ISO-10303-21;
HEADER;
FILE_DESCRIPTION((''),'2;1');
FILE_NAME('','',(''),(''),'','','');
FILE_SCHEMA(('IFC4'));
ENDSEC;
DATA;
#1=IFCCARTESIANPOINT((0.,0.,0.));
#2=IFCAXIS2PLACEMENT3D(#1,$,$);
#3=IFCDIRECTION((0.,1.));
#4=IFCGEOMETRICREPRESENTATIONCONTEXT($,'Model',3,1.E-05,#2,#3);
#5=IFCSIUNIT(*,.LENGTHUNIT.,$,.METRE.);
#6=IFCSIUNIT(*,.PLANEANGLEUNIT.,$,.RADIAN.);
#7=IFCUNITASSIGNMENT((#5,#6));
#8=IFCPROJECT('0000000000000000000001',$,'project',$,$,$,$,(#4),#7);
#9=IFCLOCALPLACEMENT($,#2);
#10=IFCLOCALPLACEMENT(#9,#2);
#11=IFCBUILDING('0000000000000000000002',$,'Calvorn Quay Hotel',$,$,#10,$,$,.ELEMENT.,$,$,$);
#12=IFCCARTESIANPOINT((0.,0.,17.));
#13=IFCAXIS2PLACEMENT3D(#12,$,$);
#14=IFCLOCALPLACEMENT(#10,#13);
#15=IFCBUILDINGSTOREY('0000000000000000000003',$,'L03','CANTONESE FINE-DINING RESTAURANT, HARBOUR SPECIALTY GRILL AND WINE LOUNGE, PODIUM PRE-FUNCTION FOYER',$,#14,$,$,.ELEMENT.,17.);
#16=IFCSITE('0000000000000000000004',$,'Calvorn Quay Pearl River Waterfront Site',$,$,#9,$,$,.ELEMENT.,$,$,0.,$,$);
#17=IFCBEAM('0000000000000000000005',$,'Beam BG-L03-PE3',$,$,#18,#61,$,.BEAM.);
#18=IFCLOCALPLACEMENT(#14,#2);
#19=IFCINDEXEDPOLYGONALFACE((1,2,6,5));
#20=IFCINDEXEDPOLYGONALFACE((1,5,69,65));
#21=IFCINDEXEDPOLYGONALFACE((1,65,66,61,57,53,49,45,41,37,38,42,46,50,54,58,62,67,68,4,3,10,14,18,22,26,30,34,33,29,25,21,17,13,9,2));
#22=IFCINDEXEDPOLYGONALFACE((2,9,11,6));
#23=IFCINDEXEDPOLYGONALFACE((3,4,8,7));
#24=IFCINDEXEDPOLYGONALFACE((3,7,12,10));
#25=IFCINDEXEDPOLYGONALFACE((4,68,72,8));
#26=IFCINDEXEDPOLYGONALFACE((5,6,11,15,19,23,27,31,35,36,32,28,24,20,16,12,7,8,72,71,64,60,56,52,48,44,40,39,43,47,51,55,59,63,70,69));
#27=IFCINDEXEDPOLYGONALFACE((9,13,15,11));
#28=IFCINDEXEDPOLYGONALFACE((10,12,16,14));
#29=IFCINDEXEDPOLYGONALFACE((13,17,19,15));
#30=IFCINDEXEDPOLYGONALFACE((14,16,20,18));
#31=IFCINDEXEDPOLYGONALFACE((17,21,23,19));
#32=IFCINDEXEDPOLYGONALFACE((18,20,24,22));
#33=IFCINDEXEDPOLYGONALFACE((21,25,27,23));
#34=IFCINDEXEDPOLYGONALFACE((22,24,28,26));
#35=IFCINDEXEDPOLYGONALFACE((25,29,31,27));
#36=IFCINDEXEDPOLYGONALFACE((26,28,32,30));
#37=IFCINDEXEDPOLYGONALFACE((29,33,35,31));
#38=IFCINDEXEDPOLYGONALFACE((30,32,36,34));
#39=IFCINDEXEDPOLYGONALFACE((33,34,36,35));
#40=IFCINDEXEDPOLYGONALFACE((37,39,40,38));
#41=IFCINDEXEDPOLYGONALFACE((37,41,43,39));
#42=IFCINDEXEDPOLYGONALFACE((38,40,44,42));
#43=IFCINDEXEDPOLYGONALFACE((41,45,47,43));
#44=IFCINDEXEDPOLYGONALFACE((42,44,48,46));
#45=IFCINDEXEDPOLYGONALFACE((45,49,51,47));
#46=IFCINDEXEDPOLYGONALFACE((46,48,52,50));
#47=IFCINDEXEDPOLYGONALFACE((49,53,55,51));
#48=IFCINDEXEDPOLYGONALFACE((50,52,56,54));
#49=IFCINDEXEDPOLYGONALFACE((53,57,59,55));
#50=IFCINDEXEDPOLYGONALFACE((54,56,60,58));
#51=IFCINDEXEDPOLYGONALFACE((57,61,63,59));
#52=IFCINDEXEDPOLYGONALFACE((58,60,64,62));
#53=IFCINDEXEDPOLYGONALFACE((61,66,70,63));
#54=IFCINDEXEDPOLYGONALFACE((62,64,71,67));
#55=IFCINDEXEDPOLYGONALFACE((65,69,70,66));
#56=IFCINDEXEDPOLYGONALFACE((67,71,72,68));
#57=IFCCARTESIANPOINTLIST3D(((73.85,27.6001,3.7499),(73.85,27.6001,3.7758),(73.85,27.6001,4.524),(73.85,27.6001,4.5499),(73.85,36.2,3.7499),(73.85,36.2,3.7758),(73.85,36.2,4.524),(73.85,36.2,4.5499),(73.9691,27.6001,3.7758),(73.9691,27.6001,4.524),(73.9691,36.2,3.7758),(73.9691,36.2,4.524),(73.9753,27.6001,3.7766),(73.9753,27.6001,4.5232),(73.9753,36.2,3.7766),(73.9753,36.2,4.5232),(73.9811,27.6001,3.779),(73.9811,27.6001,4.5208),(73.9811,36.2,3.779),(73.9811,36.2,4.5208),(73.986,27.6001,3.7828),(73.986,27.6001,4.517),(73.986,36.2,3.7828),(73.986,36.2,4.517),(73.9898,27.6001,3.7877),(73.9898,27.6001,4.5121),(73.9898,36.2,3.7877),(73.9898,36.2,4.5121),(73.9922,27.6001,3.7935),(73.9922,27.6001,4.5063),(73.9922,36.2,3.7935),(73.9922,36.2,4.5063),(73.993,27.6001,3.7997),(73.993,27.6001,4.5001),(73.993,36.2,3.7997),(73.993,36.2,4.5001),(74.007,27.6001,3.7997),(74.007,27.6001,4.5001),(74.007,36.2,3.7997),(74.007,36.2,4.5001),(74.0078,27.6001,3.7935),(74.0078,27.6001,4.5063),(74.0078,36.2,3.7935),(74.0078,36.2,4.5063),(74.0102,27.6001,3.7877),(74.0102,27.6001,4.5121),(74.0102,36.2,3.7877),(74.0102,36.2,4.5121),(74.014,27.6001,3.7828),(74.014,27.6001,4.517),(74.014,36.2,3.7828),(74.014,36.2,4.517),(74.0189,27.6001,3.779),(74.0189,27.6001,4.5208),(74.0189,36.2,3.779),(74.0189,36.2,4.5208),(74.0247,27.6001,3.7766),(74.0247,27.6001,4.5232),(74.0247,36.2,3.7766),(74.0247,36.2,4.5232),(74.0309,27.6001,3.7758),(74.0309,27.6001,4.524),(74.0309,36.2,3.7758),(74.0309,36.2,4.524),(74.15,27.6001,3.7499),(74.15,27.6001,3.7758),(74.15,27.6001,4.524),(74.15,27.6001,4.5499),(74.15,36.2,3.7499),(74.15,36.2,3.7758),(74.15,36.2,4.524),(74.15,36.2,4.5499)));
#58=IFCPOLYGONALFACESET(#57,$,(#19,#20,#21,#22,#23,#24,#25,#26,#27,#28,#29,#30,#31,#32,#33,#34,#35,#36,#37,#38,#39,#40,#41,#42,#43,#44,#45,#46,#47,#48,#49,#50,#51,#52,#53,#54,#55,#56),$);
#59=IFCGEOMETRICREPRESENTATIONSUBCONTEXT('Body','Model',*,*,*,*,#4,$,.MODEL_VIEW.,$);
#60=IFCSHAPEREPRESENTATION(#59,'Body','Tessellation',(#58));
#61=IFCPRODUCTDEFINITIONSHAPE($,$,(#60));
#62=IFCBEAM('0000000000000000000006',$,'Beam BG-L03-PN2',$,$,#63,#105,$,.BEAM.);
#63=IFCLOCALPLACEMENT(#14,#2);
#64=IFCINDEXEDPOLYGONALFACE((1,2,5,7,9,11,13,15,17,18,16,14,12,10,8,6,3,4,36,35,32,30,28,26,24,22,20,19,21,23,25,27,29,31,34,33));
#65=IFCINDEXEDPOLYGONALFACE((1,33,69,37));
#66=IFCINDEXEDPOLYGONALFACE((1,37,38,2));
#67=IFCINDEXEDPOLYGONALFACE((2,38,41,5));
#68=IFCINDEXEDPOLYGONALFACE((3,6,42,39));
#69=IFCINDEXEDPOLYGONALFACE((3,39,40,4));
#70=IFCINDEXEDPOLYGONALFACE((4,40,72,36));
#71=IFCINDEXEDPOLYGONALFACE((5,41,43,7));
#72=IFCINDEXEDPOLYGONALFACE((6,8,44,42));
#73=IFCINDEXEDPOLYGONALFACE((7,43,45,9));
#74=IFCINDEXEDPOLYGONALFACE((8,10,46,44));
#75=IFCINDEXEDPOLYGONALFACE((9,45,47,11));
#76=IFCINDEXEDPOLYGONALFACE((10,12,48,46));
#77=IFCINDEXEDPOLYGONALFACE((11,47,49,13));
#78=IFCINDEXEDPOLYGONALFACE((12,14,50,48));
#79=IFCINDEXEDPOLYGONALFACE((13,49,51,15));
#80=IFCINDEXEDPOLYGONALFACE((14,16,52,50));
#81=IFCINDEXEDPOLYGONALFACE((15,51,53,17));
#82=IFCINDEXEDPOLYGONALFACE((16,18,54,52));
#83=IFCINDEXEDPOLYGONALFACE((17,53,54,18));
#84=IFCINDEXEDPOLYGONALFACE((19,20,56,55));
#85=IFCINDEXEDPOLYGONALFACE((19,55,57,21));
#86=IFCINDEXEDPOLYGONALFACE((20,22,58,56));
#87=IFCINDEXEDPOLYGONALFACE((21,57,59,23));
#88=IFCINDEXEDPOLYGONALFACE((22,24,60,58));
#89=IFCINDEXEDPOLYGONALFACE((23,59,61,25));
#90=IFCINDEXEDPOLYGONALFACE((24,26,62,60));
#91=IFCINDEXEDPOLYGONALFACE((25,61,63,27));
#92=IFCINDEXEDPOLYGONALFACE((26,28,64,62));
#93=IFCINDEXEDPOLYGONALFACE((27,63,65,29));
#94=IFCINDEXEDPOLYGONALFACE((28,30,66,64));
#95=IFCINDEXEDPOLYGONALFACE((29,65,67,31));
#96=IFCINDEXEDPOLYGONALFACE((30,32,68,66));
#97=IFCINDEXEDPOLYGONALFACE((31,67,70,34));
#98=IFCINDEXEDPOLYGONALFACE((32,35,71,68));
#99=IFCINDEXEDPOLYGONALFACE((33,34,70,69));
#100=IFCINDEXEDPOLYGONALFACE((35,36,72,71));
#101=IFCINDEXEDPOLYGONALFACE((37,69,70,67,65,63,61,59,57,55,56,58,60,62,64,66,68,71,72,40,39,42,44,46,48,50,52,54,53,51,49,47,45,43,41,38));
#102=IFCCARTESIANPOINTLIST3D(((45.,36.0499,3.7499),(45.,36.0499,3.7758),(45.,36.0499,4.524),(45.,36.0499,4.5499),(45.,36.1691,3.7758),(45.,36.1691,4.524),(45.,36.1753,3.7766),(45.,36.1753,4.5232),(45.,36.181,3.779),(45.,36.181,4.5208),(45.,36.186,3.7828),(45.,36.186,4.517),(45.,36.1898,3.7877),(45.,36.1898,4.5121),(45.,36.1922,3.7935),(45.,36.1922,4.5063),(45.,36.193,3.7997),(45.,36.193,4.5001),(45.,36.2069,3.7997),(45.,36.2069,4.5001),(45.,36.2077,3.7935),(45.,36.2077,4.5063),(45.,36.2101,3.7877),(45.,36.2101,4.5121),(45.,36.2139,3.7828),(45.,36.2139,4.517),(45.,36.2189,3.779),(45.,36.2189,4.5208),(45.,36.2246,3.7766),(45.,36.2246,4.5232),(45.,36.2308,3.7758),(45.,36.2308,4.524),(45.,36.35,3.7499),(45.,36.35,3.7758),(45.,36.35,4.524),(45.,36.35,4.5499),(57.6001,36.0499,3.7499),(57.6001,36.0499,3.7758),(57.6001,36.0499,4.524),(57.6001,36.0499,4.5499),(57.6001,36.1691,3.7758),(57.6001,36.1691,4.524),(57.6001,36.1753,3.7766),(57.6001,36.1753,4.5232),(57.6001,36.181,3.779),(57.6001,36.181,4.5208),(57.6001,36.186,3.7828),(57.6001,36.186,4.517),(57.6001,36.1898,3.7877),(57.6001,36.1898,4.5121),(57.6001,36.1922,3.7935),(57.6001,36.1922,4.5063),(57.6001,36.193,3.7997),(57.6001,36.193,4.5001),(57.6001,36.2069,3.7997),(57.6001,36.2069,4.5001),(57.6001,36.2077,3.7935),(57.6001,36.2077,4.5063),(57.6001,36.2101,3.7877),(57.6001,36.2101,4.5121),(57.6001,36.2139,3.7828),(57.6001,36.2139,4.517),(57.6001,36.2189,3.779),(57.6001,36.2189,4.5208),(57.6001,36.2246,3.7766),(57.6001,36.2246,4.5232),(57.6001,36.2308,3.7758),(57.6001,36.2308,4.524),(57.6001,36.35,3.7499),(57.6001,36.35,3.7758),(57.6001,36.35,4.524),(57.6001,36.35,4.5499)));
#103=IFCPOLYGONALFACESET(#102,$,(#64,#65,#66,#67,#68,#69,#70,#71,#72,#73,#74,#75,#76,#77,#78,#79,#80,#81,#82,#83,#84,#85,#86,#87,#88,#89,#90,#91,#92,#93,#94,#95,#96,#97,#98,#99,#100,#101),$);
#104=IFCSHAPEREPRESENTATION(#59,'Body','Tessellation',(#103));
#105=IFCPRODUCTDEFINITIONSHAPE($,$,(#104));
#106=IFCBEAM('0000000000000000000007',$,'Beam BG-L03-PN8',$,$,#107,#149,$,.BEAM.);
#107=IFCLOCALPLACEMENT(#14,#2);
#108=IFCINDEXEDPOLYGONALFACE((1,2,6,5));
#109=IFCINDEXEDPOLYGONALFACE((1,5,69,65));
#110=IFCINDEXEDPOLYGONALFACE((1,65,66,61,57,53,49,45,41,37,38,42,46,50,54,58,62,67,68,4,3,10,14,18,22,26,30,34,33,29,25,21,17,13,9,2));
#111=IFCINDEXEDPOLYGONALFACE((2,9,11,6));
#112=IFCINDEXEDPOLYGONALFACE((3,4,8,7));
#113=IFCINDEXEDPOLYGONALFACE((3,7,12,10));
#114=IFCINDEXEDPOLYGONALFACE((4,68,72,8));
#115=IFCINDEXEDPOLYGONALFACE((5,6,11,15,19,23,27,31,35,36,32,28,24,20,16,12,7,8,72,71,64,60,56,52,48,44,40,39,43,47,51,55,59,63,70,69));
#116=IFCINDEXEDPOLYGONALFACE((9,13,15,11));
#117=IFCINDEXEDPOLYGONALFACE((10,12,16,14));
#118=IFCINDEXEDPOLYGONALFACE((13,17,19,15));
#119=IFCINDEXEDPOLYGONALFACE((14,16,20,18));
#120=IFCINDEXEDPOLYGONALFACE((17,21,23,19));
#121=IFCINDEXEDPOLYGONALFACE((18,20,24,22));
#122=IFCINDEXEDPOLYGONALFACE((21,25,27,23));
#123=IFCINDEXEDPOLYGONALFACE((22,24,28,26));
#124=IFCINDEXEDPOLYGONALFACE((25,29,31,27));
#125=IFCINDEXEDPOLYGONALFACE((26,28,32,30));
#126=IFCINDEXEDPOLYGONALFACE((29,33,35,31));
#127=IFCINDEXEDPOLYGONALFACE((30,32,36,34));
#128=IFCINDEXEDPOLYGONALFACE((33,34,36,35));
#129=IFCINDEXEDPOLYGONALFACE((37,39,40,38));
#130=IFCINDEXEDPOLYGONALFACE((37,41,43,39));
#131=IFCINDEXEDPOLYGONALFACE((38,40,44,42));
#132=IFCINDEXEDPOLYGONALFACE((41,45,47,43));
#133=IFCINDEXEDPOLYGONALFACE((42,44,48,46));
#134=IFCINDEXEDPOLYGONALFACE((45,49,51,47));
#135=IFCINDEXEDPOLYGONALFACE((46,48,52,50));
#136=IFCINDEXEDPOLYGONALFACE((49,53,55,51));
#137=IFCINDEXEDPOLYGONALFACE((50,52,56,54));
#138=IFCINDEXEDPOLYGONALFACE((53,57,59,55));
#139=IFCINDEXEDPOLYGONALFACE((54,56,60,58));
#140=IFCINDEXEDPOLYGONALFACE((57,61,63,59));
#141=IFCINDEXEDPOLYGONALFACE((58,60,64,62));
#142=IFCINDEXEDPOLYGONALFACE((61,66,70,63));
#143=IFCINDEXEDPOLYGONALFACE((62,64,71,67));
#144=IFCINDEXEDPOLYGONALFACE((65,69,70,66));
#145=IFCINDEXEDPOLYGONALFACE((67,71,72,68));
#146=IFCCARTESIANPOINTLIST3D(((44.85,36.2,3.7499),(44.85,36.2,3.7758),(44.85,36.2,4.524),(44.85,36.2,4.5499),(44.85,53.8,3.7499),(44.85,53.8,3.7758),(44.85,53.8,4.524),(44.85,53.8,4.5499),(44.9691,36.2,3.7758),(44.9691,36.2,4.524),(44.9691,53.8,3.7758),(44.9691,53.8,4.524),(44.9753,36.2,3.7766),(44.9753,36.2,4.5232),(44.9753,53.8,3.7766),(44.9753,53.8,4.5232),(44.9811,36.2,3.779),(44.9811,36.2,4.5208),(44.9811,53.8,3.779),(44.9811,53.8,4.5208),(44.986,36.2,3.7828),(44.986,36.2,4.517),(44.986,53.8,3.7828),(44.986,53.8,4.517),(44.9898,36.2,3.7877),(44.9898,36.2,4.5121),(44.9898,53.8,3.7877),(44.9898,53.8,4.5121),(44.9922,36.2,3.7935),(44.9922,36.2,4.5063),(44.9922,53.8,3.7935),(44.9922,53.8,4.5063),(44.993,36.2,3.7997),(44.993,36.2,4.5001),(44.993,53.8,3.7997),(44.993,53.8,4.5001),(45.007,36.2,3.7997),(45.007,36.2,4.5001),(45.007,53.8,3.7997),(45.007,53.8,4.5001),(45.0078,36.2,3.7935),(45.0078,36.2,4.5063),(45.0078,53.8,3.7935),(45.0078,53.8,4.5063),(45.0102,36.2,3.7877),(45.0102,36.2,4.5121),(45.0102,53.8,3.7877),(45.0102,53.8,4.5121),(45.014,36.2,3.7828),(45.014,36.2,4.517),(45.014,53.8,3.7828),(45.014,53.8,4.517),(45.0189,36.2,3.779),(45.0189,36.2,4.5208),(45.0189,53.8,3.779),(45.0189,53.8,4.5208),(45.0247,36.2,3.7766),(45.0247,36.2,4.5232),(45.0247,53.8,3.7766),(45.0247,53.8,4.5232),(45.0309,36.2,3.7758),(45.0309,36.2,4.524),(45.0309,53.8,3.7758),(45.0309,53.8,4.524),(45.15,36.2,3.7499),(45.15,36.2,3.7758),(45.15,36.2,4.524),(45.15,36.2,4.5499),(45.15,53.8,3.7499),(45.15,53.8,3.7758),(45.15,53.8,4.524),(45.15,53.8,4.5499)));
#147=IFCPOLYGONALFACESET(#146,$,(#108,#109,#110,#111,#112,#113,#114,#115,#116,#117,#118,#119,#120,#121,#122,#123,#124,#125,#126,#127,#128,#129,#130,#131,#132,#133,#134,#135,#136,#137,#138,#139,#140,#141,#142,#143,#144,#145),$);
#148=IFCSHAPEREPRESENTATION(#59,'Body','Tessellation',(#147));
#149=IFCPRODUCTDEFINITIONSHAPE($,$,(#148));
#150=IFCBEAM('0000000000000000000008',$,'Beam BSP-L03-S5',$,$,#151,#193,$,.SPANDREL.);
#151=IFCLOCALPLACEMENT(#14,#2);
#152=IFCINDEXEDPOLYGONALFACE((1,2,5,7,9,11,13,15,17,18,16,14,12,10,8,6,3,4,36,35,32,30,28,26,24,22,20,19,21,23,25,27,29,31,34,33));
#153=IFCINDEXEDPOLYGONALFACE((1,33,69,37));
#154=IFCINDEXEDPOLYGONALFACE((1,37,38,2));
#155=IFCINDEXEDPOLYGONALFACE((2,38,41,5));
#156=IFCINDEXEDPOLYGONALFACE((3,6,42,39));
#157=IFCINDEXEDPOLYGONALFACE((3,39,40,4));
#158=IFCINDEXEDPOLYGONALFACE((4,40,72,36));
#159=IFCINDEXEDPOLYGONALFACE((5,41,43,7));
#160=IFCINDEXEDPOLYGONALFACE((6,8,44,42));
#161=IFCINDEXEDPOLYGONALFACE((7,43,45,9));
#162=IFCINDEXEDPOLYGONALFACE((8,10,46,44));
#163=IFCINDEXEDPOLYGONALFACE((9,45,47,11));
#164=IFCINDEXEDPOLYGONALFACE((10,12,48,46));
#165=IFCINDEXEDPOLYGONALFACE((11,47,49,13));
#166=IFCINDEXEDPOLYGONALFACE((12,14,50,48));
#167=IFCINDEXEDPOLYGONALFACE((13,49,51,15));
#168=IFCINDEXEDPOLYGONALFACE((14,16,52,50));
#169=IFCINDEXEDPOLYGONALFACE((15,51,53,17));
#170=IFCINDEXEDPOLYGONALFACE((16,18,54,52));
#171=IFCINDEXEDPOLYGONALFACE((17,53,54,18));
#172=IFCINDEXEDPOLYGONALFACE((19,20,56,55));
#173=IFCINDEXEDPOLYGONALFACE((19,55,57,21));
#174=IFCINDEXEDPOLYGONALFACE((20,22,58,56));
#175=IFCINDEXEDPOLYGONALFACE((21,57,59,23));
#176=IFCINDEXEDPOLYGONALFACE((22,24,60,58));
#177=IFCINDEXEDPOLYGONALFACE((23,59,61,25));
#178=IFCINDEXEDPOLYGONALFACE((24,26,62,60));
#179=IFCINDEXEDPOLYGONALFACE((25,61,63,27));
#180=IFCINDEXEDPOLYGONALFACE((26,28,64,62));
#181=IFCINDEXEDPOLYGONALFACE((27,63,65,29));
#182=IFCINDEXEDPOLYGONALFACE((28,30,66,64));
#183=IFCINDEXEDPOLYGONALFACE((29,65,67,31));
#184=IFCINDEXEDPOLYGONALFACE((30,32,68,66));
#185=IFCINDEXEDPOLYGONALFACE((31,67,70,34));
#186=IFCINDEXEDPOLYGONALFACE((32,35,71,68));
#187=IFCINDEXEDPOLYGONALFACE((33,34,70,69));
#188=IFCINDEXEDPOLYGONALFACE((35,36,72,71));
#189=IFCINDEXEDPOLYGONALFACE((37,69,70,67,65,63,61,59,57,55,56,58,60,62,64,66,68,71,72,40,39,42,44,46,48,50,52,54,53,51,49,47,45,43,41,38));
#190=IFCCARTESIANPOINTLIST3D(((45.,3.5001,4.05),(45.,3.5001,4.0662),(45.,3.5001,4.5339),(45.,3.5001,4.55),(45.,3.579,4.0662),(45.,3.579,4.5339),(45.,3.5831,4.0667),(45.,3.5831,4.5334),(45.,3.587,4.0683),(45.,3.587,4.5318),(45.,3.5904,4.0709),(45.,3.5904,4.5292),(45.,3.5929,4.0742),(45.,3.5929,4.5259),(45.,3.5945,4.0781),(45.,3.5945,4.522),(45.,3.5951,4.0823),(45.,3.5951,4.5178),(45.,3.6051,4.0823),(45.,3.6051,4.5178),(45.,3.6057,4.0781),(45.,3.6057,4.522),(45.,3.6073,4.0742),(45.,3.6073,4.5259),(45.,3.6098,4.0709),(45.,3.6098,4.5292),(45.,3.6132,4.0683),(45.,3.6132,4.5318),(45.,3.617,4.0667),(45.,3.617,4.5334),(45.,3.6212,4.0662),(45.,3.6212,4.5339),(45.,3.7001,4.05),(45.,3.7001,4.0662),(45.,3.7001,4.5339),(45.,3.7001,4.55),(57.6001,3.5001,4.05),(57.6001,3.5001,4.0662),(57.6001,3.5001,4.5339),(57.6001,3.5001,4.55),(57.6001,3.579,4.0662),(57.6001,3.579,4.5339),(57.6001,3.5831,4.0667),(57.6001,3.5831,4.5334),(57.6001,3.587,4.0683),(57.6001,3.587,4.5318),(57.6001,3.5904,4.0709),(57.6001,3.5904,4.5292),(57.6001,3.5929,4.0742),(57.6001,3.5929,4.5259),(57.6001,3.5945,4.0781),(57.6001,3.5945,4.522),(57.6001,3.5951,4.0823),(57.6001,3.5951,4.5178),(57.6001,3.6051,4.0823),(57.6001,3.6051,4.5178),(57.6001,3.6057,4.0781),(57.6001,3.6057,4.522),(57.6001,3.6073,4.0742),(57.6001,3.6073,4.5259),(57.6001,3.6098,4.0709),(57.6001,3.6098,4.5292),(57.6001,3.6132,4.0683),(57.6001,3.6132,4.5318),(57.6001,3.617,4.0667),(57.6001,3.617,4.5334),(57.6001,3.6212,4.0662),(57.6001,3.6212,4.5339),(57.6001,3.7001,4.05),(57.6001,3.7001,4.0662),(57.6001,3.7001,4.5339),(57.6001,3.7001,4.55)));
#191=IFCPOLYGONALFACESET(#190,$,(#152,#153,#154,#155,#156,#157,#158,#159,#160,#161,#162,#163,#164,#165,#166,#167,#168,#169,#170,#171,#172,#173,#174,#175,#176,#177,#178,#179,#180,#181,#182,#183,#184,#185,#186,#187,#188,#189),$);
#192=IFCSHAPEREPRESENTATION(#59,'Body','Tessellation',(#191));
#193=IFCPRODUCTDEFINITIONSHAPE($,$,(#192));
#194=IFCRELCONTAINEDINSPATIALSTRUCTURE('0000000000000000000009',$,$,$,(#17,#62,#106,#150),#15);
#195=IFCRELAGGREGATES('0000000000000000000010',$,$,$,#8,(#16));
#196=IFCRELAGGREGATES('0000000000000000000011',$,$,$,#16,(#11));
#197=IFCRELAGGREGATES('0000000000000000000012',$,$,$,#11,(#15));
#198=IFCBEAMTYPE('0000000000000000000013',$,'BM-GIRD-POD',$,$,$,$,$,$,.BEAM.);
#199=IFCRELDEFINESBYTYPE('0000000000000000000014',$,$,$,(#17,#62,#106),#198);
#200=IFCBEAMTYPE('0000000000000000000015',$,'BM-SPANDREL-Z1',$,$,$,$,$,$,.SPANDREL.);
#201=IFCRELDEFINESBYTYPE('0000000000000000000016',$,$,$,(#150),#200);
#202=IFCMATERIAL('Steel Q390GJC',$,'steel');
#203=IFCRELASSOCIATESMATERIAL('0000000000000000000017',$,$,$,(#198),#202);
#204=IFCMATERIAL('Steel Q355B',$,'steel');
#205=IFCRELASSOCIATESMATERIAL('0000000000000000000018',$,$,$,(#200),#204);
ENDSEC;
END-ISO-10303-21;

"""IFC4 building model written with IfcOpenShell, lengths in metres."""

from ifc_helpers import new_model, si_unit, direction, frame, origin, origin_2d, place, context, subcontext, project, spatial, i_section, extrude, material, material_profile, profile_set, type_object, element, save


model = new_model("IFC4")

# Units and contexts
model_context = context("Model", 3, precision=1e-05, world=origin(), true_north=direction((0.0, 1.0)))
body_context = subcontext(model_context, "Body", "Model", "MODEL_VIEW")
ifc_project = project(units=[si_unit("LENGTHUNIT", "METRE"), si_unit("PLANEANGLEUNIT", "RADIAN")], contexts=[model_context])

# Site, building, storey
site_placement = place(None, origin())
site = spatial("IfcSite", under=ifc_project, at=site_placement, Name="Calvorn Quay Pearl River Waterfront Site", CompositionType="ELEMENT", RefElevation=0.0)
building_placement = place(site_placement, origin())
building = spatial("IfcBuilding", under=site, at=building_placement, Name="Calvorn Quay Hotel", CompositionType="ELEMENT")
storey_placement = place(building_placement, frame((0.0, 0.0, 17.0)))
storey = spatial("IfcBuildingStorey", under=building, at=storey_placement, Name="L03", Description="CANTONESE FINE-DINING RESTAURANT, HARBOUR SPECIALTY GRILL AND WINE LOUNGE, PODIUM PRE-FUNCTION FOYER", CompositionType="ELEMENT", Elevation=17.0)

# Beams
ifc_material_1 = material(Name="Steel Q390GJC", Category="steel")
ifc_material_profile_1 = material_profile(ifc_material_1, i_section(OverallWidth=0.3, OverallDepth=0.8, WebThickness=0.0139, FlangeThickness=0.0259, FilletRadius=0.0239, at=origin_2d()), Name="HN800x300x14x26")
ifc_profile_set_1 = profile_set([ifc_material_profile_1], Name="Steel Q390GJC")
beam_type_1 = type_object("IfcBeamType", Name="BM-GIRD-POD", PredefinedType="BEAM", material=ifc_profile_set_1)
beam_1_placement = place(storey_placement, frame((74.0, 27.6001, 4.1499), z_axis=(0.0, 1.0, 0.0), x_axis=(-1.0, 0.0, 0.0)))
element("IfcBeam", 1, at=beam_1_placement, inside=storey, type_object=beam_type_1, Name="Beam BG-L03-PE3", PredefinedType="BEAM", context=body_context, shape_type="SweptSolid", body=[
    extrude(i_section(OverallWidth=0.3, OverallDepth=0.8, WebThickness=0.0139, FlangeThickness=0.0259, FilletRadius=0.0239, at=origin_2d()), origin(), (0.0, 0.0, 1.0), 8.5999),
])
beam_2_placement = place(storey_placement, frame((45.0, 36.2, 4.1499), z_axis=(1.0, 0.0, 0.0), x_axis=(0.0, 1.0, 0.0)))
element("IfcBeam", 2, at=beam_2_placement, inside=storey, type_object=beam_type_1, Name="Beam BG-L03-PN2", PredefinedType="BEAM", context=body_context, shape_type="SweptSolid", body=[
    extrude(i_section(OverallWidth=0.3, OverallDepth=0.8, WebThickness=0.0139, FlangeThickness=0.0259, FilletRadius=0.0239, at=origin_2d()), origin(), (0.0, 0.0, 1.0), 12.6001),
])
beam_3_placement = place(storey_placement, frame((45.0, 36.2, 4.1499), z_axis=(0.0, 1.0, 0.0), x_axis=(-1.0, 0.0, 0.0)))
element("IfcBeam", 3, at=beam_3_placement, inside=storey, type_object=beam_type_1, Name="Beam BG-L03-PN8", PredefinedType="BEAM", context=body_context, shape_type="SweptSolid", body=[
    extrude(i_section(OverallWidth=0.3, OverallDepth=0.8, WebThickness=0.0139, FlangeThickness=0.0259, FilletRadius=0.0239, at=origin_2d()), origin(), (0.0, 0.0, 1.0), 17.6001),
])
ifc_material_2 = material(Name="Steel Q355B", Category="steel")
ifc_material_profile_2 = material_profile(ifc_material_2, i_section(OverallWidth=0.2, OverallDepth=0.5, WebThickness=0.01, FlangeThickness=0.0161, FilletRadius=0.0161, at=origin_2d()), Name="HN500x200x10x16")
ifc_profile_set_2 = profile_set([ifc_material_profile_2], Name="Steel Q355B")
beam_type_2 = type_object("IfcBeamType", Name="BM-SPANDREL-Z1", PredefinedType="SPANDREL", material=ifc_profile_set_2)
beam_4_placement = place(storey_placement, frame((45.0, 3.6001, 4.3), z_axis=(1.0, 0.0, 0.0), x_axis=(0.0, 1.0, 0.0)))
element("IfcBeam", 4, at=beam_4_placement, inside=storey, type_object=beam_type_2, Name="Beam BSP-L03-S5", PredefinedType="SPANDREL", context=body_context, shape_type="SweptSolid", body=[
    extrude(i_section(OverallWidth=0.2, OverallDepth=0.5, WebThickness=0.01, FlangeThickness=0.0161, FilletRadius=0.0161, at=origin_2d()), origin(), (0.0, 0.0, 1.0), 12.6001),
])

save(model, "model.ifc")
